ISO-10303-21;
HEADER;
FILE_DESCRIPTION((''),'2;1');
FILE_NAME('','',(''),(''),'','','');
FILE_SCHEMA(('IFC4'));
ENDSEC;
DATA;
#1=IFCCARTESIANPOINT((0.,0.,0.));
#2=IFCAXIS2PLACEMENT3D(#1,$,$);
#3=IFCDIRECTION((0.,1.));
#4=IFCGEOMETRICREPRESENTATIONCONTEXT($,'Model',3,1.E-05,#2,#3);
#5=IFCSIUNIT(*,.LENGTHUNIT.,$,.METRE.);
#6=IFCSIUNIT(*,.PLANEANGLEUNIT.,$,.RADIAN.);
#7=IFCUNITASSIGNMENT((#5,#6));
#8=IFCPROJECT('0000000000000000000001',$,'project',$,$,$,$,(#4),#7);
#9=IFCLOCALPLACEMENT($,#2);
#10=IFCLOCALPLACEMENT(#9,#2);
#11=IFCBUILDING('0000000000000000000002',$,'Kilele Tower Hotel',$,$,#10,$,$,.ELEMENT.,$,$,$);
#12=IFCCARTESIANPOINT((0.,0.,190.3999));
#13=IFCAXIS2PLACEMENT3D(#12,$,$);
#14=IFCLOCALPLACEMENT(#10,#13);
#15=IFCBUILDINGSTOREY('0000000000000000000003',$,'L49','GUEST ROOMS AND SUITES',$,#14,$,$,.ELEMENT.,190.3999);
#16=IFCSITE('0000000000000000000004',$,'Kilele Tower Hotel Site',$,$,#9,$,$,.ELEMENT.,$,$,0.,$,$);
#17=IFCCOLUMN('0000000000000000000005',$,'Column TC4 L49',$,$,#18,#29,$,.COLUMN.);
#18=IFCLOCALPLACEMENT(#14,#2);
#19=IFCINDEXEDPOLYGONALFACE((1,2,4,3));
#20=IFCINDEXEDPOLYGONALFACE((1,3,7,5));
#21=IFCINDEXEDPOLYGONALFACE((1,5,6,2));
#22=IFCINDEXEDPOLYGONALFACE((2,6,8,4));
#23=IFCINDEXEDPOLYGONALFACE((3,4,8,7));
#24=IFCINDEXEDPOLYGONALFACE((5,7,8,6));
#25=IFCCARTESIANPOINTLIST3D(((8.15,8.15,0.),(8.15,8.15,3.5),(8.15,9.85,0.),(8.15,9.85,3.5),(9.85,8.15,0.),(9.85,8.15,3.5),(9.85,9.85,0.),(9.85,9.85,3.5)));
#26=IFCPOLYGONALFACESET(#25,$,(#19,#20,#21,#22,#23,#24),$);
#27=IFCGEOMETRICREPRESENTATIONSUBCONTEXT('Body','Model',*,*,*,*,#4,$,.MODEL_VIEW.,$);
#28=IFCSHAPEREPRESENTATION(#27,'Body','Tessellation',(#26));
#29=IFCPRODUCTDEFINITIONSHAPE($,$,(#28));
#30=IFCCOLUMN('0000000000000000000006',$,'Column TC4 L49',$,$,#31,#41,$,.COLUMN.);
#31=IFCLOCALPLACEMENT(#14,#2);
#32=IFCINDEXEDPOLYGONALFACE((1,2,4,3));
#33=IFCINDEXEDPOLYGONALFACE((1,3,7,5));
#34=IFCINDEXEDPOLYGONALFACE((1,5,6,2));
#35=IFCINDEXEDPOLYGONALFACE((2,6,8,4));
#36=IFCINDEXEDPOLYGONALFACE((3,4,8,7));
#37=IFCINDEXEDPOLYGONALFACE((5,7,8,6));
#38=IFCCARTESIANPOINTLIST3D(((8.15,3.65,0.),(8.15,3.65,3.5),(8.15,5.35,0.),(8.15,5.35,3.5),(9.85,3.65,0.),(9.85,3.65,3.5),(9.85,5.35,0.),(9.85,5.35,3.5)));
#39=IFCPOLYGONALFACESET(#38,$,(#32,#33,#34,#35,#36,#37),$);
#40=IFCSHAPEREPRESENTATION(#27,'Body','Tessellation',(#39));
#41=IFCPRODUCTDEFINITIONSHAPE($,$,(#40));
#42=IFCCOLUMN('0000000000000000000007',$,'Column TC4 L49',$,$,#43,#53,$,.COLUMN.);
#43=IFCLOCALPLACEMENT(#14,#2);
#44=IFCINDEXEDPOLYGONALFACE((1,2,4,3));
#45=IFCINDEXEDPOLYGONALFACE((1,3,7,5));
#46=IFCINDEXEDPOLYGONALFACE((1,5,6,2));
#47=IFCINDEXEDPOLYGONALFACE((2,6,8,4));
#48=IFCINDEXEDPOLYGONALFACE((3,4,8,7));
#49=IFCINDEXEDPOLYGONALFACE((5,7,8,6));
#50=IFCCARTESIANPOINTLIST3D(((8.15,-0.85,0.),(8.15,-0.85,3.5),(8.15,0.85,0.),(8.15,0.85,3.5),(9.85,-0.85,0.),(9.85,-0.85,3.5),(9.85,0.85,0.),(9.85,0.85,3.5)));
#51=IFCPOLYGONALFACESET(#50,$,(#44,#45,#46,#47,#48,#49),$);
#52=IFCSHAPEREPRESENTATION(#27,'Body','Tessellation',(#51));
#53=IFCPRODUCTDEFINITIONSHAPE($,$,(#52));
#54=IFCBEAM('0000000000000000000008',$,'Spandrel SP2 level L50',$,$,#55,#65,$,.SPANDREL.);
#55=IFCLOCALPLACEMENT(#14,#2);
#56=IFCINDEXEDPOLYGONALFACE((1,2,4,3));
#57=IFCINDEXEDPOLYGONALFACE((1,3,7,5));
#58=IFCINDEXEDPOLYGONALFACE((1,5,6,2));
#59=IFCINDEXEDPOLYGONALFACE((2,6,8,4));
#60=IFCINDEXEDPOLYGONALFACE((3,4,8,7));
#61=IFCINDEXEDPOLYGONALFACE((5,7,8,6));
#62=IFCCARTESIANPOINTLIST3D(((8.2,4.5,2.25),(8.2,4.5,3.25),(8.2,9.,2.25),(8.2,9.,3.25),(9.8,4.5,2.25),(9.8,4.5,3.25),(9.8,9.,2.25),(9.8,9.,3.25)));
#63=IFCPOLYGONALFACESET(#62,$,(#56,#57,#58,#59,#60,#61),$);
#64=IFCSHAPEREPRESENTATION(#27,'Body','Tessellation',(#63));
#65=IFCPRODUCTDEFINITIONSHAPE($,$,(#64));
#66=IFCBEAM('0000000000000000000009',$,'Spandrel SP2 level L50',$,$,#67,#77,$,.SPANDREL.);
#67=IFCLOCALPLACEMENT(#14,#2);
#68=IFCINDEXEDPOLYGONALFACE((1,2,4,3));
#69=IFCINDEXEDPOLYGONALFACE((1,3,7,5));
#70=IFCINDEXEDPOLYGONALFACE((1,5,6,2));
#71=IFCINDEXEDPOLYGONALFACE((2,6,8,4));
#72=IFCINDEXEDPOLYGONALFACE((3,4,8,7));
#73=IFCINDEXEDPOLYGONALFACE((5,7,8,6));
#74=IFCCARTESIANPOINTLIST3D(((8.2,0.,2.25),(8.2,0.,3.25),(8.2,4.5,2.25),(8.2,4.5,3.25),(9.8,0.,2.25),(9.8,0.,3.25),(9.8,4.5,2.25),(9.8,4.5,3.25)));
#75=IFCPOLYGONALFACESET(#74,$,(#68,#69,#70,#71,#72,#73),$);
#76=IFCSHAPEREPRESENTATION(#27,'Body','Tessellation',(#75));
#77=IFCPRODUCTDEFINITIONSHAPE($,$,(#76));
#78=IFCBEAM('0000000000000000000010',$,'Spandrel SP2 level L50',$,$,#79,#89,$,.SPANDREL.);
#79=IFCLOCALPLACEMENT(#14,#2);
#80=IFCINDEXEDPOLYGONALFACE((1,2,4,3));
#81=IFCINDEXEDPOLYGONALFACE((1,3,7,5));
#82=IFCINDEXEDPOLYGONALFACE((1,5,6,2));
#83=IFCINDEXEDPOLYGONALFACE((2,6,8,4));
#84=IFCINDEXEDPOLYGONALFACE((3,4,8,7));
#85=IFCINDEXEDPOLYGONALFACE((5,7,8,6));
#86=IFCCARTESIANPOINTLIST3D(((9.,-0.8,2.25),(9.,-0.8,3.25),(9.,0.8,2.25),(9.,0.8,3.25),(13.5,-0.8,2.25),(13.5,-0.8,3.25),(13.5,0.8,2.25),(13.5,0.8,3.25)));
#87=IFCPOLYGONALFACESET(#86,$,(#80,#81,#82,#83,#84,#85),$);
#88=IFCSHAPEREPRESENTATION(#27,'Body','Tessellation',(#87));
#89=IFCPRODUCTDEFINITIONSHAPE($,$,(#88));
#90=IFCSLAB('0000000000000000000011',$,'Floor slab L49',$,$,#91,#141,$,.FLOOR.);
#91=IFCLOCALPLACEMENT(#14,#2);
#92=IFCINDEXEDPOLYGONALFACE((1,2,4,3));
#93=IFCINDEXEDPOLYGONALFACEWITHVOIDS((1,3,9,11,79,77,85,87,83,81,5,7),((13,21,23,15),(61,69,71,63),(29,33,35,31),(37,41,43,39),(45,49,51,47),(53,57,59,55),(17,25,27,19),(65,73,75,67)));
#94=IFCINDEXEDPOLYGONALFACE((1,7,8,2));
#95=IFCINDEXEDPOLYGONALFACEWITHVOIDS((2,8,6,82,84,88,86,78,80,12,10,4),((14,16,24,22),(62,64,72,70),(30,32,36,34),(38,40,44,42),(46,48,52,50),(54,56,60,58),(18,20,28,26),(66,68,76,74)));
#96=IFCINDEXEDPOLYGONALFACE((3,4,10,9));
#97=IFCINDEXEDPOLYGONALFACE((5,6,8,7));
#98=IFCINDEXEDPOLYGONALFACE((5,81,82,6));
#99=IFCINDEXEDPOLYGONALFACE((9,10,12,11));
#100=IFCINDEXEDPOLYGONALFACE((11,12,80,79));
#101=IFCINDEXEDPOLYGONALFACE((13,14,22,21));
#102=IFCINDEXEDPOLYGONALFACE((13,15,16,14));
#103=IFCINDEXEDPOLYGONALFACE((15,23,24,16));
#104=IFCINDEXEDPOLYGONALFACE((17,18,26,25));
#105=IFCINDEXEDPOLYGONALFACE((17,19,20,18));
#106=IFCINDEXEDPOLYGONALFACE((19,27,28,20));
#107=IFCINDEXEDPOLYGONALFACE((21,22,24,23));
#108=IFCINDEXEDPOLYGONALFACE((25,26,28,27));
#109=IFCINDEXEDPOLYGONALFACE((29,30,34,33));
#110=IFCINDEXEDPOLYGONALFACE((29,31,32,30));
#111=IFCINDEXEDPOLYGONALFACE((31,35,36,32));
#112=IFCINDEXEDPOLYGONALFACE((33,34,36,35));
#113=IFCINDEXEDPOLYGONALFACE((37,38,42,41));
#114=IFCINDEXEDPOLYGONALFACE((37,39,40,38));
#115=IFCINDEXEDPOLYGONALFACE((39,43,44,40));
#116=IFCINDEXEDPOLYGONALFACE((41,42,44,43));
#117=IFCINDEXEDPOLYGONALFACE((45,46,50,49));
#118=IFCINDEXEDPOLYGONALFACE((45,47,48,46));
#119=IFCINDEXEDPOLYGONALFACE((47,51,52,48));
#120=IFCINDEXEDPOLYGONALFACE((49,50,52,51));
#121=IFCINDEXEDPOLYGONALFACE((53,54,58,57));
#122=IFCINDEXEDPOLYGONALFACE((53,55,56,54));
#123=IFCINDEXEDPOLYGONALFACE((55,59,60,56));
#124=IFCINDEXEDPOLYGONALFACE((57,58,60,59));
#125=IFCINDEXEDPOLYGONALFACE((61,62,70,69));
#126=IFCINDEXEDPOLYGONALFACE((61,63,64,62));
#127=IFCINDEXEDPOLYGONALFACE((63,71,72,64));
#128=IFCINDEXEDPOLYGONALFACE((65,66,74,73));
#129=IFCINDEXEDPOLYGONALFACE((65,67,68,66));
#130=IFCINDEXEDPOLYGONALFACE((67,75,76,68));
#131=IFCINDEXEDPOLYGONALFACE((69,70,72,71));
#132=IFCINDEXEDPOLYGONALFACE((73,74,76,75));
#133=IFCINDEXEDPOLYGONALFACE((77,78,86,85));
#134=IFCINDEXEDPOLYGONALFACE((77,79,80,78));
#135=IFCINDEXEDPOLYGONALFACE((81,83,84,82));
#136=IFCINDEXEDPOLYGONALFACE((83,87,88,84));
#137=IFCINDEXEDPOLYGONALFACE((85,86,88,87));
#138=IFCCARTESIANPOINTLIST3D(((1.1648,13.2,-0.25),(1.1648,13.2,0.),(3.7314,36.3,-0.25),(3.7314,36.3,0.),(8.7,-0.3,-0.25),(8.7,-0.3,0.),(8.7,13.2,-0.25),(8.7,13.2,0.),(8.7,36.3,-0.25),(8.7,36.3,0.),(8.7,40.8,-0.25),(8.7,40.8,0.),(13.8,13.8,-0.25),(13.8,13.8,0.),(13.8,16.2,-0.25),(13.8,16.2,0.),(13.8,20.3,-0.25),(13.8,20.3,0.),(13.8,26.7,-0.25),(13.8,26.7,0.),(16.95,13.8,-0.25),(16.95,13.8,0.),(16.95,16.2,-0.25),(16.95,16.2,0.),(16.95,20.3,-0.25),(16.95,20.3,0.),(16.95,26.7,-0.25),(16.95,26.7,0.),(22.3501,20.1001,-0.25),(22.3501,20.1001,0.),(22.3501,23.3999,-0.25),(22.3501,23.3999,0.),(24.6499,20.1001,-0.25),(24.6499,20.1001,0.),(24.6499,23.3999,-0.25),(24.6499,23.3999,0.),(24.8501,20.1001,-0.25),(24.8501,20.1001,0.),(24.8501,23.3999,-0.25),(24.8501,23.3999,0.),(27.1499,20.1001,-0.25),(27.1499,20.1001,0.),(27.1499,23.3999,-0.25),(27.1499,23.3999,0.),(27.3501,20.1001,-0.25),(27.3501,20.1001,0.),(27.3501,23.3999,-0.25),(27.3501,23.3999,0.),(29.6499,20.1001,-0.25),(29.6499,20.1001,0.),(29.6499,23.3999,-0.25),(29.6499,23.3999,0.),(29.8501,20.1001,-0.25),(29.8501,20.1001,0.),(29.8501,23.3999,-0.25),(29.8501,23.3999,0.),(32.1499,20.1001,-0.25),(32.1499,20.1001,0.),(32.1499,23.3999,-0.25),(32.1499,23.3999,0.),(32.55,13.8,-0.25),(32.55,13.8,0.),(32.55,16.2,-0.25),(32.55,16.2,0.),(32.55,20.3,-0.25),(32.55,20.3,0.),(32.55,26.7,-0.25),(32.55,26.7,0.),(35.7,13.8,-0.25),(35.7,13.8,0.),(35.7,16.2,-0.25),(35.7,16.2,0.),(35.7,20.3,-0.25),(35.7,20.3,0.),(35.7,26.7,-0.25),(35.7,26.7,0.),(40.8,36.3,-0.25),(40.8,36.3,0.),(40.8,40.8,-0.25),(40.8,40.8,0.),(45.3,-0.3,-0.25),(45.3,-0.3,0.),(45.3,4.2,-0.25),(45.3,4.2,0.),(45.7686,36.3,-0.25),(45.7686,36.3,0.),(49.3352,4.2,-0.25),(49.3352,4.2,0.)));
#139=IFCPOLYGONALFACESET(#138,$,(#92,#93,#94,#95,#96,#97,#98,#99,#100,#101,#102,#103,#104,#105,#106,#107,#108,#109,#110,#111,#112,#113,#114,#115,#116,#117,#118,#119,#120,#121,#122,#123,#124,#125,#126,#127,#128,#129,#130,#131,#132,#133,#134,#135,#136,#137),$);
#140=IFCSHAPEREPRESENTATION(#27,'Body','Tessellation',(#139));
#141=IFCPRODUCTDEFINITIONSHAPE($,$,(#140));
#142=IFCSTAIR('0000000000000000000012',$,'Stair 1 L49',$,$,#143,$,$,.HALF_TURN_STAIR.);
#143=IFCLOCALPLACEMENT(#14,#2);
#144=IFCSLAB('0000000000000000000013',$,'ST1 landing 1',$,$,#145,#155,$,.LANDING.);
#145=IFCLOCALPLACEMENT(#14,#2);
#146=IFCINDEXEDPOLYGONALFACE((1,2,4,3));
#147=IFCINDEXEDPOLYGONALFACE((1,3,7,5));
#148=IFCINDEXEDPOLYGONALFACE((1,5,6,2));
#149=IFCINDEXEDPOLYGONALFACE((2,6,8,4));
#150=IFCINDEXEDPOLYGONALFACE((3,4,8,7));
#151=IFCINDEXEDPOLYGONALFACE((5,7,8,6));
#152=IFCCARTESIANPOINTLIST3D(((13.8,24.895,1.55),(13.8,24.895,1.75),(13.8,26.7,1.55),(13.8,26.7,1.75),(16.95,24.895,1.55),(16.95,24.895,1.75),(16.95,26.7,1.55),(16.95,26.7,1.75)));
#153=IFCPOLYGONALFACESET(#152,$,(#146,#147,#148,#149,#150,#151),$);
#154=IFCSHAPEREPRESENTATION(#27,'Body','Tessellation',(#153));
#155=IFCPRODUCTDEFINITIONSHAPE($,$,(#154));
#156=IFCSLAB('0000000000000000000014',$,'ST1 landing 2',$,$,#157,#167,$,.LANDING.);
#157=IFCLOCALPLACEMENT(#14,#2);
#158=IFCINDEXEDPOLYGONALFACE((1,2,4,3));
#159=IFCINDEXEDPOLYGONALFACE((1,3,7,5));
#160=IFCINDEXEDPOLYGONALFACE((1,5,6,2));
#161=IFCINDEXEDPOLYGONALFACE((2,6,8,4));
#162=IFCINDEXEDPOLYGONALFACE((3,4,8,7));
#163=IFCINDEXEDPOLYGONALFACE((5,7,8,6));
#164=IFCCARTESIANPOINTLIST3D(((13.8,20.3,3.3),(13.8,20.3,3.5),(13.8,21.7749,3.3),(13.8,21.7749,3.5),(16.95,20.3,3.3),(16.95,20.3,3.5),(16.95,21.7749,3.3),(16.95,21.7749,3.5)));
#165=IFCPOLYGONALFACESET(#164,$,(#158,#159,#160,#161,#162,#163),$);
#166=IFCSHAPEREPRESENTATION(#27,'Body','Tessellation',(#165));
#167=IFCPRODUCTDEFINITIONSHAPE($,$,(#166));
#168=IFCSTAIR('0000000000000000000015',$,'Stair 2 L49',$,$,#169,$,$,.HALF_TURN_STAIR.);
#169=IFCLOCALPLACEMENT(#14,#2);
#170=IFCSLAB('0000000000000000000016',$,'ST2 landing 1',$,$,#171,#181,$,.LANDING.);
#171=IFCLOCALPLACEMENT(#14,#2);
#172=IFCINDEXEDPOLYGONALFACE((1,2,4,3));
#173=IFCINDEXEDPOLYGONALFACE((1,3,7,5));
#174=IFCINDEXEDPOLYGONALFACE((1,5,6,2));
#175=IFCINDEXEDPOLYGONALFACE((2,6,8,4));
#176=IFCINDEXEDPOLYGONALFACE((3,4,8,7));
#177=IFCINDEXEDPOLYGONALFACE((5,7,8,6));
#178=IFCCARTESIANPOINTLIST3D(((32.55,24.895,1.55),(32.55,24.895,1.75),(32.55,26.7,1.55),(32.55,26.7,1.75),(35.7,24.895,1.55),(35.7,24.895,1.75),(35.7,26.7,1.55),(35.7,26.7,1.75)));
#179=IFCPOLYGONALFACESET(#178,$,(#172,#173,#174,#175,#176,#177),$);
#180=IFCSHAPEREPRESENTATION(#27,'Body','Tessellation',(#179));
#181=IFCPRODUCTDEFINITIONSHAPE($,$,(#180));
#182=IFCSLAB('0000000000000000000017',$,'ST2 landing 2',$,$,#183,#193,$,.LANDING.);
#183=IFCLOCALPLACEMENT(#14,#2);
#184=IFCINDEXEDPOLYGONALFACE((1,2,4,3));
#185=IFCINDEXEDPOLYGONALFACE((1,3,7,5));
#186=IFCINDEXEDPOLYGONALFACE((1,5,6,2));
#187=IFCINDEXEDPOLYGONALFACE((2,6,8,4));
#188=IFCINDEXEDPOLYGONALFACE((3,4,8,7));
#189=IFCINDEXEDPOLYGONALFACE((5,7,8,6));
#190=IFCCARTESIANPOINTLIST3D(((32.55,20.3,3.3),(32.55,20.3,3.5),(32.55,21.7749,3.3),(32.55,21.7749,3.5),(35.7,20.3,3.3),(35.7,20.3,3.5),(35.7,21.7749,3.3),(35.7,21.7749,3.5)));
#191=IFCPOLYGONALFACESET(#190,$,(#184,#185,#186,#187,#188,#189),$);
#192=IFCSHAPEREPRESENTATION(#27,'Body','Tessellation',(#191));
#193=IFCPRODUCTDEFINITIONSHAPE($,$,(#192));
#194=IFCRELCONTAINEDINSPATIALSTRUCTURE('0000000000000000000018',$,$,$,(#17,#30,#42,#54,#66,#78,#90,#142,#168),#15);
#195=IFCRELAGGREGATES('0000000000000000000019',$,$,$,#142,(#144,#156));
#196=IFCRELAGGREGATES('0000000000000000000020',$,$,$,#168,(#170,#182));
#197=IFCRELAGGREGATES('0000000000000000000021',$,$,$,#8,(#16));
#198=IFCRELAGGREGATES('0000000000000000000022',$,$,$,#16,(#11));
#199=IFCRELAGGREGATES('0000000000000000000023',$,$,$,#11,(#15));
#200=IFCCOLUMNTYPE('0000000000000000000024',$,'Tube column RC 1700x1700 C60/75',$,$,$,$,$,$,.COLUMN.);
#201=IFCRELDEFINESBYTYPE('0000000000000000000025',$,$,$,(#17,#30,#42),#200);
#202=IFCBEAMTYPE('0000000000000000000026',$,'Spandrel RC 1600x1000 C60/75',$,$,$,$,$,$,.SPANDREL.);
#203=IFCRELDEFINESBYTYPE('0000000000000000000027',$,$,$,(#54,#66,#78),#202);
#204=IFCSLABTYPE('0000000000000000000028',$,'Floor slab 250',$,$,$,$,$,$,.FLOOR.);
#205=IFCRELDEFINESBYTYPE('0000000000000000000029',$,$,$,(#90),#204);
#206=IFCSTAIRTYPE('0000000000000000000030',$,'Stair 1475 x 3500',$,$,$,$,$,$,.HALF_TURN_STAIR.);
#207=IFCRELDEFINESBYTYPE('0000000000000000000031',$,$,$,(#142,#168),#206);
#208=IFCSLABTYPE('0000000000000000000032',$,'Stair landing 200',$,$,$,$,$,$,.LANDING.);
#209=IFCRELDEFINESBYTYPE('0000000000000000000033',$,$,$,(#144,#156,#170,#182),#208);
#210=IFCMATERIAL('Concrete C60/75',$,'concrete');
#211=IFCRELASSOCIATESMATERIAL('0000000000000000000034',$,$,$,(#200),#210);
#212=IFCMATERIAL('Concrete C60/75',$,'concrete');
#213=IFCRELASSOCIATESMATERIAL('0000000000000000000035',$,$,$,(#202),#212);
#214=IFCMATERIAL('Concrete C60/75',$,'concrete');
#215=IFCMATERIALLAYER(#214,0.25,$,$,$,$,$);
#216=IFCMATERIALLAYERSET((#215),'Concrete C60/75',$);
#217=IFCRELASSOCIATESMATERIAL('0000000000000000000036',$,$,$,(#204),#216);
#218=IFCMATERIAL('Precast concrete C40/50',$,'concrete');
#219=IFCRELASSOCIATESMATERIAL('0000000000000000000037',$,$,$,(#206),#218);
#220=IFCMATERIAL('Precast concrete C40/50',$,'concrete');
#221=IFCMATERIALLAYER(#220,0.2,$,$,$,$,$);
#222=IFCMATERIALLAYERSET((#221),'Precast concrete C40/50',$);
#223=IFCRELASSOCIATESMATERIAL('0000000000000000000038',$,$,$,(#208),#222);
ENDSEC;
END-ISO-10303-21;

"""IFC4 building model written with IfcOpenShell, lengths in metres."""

from ifc_helpers import new_model, si_unit, direction, frame, origin, origin_2d, place, context, subcontext, project, spatial, polyline, rectangle, outline, extrude, material, layer, layer_set, material_profile, profile_set, type_object, element, aggregate, save


model = new_model("IFC4")

# Units and contexts
model_context = context("Model", 3, precision=1e-05, world=origin(), true_north=direction((0.0, 1.0)))
body_context = subcontext(model_context, "Body", "Model", "MODEL_VIEW")
ifc_project = project(units=[si_unit("LENGTHUNIT", "METRE"), si_unit("PLANEANGLEUNIT", "RADIAN")], contexts=[model_context])

# Site, building, storey
site_placement = place(None, origin())
site = spatial("IfcSite", under=ifc_project, at=site_placement, Name="Kilele Tower Hotel Site", CompositionType="ELEMENT", RefElevation=0.0)
building_placement = place(site_placement, origin())
building = spatial("IfcBuilding", under=site, at=building_placement, Name="Kilele Tower Hotel", CompositionType="ELEMENT")
storey_placement = place(building_placement, frame((0.0, 0.0, 190.3999)))
storey = spatial("IfcBuildingStorey", under=building, at=storey_placement, Name="L49", Description="GUEST ROOMS AND SUITES", CompositionType="ELEMENT", Elevation=190.3999)

# Columns
ifc_material_1 = material(Name="Concrete C60/75", Category="concrete")
ifc_material_profile_1 = material_profile(ifc_material_1, rectangle(XDim=1.7, YDim=1.7, at=origin_2d()))
ifc_profile_set_1 = profile_set([ifc_material_profile_1], Name="Concrete C60/75")
column_type = type_object("IfcColumnType", Name="Tube column RC 1700x1700 C60/75", PredefinedType="COLUMN", material=ifc_profile_set_1)
for number, where, z_axis, x_axis, name in (
    (1, (9.0, 9.0, 0.0), (0.0, 0.0, 1.0), (1.0, 0.0, 0.0), "Column TC4 L49"),
    (2, (9.0, 4.5, 0.0), (0.0, 0.0, 1.0), (1.0, 0.0, 0.0), "Column TC4 L49"),
    (3, (9.0, 0.0, 0.0), (0.0, 0.0, 1.0), (1.0, 0.0, 0.0), "Column TC4 L49"),
):
    element("IfcColumn", number, at=place(storey_placement, frame(where, z_axis=z_axis, x_axis=x_axis)), inside=storey, type_object=column_type, Name=name, PredefinedType="COLUMN", context=body_context, shape_type="SweptSolid", body=[
        extrude(rectangle(XDim=1.7, YDim=1.7, at=origin_2d()), origin(), (0.0, 0.0, 1.0), 3.5),
    ])

# Beams
ifc_material_2 = material(Name="Concrete C60/75", Category="concrete")
ifc_material_profile_2 = material_profile(ifc_material_2, rectangle(XDim=1.6001, YDim=1.0, at=origin_2d()))
ifc_profile_set_2 = profile_set([ifc_material_profile_2], Name="Concrete C60/75")
beam_type = type_object("IfcBeamType", Name="Spandrel RC 1600x1000 C60/75", PredefinedType="SPANDREL", material=ifc_profile_set_2)
for number, where, z_axis, x_axis, name in (
    (4, (9.0, 9.0, 2.75), (0.0, -1.0, 0.0), (1.0, 0.0, 0.0), "Spandrel SP2 level L50"),
    (5, (9.0, 4.5, 2.75), (0.0, -1.0, 0.0), (1.0, 0.0, 0.0), "Spandrel SP2 level L50"),
    (6, (9.0, 0.0, 2.75), (1.0, 0.0, 0.0), (0.0, 1.0, 0.0), "Spandrel SP2 level L50"),
):
    element("IfcBeam", number, at=place(storey_placement, frame(where, z_axis=z_axis, x_axis=x_axis)), inside=storey, type_object=beam_type, Name=name, PredefinedType="SPANDREL", context=body_context, shape_type="SweptSolid", body=[
        extrude(rectangle(XDim=1.6001, YDim=1.0, at=origin_2d()), origin(), (0.0, 0.0, 1.0), 4.5),
    ])

# Slab
ifc_material_3 = material(Name="Concrete C60/75", Category="concrete")
ifc_layer_1 = layer(ifc_material_3, 0.25)
ifc_layer_set_1 = layer_set([ifc_layer_1], Name="Concrete C60/75")
slab_type_1 = type_object("IfcSlabType", Name="Floor slab 250", PredefinedType="FLOOR", material=ifc_layer_set_1)
slab_1_placement = place(storey_placement, frame((0.0, 0.0, -0.25)))
element("IfcSlab", 7, at=slab_1_placement, inside=storey, type_object=slab_type_1, Name="Floor slab L49", PredefinedType="FLOOR", context=body_context, shape_type="SweptSolid", body=[
    extrude(outline(polyline([(8.7, 36.3), (8.7, 40.8), (40.8, 40.8), (40.8, 36.3), (45.7686, 36.3), (49.3352, 4.2), (45.3, 4.2), (45.3, -0.3), (8.7, -0.3), (8.7, 13.2), (1.1648, 13.2), (3.7314, 36.3), (8.7, 36.3)]), holes=[polyline([(16.95, 16.2), (13.8, 16.2), (13.8, 13.8), (16.95, 13.8), (16.95, 16.2)]), polyline([(35.7, 16.2), (32.55, 16.2), (32.55, 13.8), (35.7, 13.8), (35.7, 16.2)]), polyline([(24.6499, 23.3999), (22.3501, 23.3999), (22.3501, 20.1001), (24.6499, 20.1001), (24.6499, 23.3999)]), polyline([(27.1499, 23.3999), (24.8501, 23.3999), (24.8501, 20.1001), (27.1499, 20.1001), (27.1499, 23.3999)]), polyline([(29.6499, 23.3999), (27.3501, 23.3999), (27.3501, 20.1001), (29.6499, 20.1001), (29.6499, 23.3999)]), polyline([(32.1499, 23.3999), (29.8501, 23.3999), (29.8501, 20.1001), (32.1499, 20.1001), (32.1499, 23.3999)]), polyline([(16.95, 26.7), (13.8, 26.7), (13.8, 20.3), (16.95, 20.3), (16.95, 26.7)]), polyline([(35.7, 26.7), (32.55, 26.7), (32.55, 20.3), (35.7, 20.3), (35.7, 26.7)])]), origin(), (0.0, 0.0, 1.0), 0.25),
])

# Stairs, slabs
ifc_material_4 = material(Name="Precast concrete C40/50", Category="concrete")
stair_type = type_object("IfcStairType", Name="Stair 1475 x 3500", PredefinedType="HALF_TURN_STAIR", material=ifc_material_4)
stair_1_placement = place(storey_placement, origin())
stair_1 = element("IfcStair", 8, at=stair_1_placement, inside=storey, type_object=stair_type, Name="Stair 1 L49", PredefinedType="HALF_TURN_STAIR")
ifc_material_5 = material(Name="Precast concrete C40/50", Category="concrete")
ifc_layer_2 = layer(ifc_material_5, 0.2)
ifc_layer_set_2 = layer_set([ifc_layer_2], Name="Precast concrete C40/50")
slab_type_2 = type_object("IfcSlabType", Name="Stair landing 200", PredefinedType="LANDING", material=ifc_layer_set_2)
slab_2_placement = place(storey_placement, frame((0.0, 0.0, 1.55)))
slab_2 = element("IfcSlab", 9, at=slab_2_placement, type_object=slab_type_2, Name="ST1 landing 1", PredefinedType="LANDING", context=body_context, shape_type="SweptSolid", body=[
    extrude(outline(polyline([(13.8, 24.895), (16.95, 24.895), (16.95, 26.7), (13.8, 26.7), (13.8, 24.895)])), origin(), (0.0, 0.0, 1.0), 0.2),
])
slab_3_placement = place(storey_placement, frame((0.0, 0.0, 3.3)))
slab_3 = element("IfcSlab", 10, at=slab_3_placement, type_object=slab_type_2, Name="ST1 landing 2", PredefinedType="LANDING", context=body_context, shape_type="SweptSolid", body=[
    extrude(outline(polyline([(13.8, 20.3), (16.95, 20.3), (16.95, 21.7749), (13.8, 21.7749), (13.8, 20.3)])), origin(), (0.0, 0.0, 1.0), 0.2),
])
aggregate(stair_1, [slab_2, slab_3])
stair_2_placement = place(storey_placement, origin())
stair_2 = element("IfcStair", 11, at=stair_2_placement, inside=storey, type_object=stair_type, Name="Stair 2 L49", PredefinedType="HALF_TURN_STAIR")
slab_4_placement = place(storey_placement, frame((0.0, 0.0, 1.55)))
slab_4 = element("IfcSlab", 12, at=slab_4_placement, type_object=slab_type_2, Name="ST2 landing 1", PredefinedType="LANDING", context=body_context, shape_type="SweptSolid", body=[
    extrude(outline(polyline([(32.55, 24.895), (35.7, 24.895), (35.7, 26.7), (32.55, 26.7), (32.55, 24.895)])), origin(), (0.0, 0.0, 1.0), 0.2),
])
slab_5_placement = place(storey_placement, frame((0.0, 0.0, 3.3)))
slab_5 = element("IfcSlab", 13, at=slab_5_placement, type_object=slab_type_2, Name="ST2 landing 2", PredefinedType="LANDING", context=body_context, shape_type="SweptSolid", body=[
    extrude(outline(polyline([(32.55, 20.3), (35.7, 20.3), (35.7, 21.7749), (32.55, 21.7749), (32.55, 20.3)])), origin(), (0.0, 0.0, 1.0), 0.2),
])
aggregate(stair_2, [slab_4, slab_5])

save(model, "model.ifc")
